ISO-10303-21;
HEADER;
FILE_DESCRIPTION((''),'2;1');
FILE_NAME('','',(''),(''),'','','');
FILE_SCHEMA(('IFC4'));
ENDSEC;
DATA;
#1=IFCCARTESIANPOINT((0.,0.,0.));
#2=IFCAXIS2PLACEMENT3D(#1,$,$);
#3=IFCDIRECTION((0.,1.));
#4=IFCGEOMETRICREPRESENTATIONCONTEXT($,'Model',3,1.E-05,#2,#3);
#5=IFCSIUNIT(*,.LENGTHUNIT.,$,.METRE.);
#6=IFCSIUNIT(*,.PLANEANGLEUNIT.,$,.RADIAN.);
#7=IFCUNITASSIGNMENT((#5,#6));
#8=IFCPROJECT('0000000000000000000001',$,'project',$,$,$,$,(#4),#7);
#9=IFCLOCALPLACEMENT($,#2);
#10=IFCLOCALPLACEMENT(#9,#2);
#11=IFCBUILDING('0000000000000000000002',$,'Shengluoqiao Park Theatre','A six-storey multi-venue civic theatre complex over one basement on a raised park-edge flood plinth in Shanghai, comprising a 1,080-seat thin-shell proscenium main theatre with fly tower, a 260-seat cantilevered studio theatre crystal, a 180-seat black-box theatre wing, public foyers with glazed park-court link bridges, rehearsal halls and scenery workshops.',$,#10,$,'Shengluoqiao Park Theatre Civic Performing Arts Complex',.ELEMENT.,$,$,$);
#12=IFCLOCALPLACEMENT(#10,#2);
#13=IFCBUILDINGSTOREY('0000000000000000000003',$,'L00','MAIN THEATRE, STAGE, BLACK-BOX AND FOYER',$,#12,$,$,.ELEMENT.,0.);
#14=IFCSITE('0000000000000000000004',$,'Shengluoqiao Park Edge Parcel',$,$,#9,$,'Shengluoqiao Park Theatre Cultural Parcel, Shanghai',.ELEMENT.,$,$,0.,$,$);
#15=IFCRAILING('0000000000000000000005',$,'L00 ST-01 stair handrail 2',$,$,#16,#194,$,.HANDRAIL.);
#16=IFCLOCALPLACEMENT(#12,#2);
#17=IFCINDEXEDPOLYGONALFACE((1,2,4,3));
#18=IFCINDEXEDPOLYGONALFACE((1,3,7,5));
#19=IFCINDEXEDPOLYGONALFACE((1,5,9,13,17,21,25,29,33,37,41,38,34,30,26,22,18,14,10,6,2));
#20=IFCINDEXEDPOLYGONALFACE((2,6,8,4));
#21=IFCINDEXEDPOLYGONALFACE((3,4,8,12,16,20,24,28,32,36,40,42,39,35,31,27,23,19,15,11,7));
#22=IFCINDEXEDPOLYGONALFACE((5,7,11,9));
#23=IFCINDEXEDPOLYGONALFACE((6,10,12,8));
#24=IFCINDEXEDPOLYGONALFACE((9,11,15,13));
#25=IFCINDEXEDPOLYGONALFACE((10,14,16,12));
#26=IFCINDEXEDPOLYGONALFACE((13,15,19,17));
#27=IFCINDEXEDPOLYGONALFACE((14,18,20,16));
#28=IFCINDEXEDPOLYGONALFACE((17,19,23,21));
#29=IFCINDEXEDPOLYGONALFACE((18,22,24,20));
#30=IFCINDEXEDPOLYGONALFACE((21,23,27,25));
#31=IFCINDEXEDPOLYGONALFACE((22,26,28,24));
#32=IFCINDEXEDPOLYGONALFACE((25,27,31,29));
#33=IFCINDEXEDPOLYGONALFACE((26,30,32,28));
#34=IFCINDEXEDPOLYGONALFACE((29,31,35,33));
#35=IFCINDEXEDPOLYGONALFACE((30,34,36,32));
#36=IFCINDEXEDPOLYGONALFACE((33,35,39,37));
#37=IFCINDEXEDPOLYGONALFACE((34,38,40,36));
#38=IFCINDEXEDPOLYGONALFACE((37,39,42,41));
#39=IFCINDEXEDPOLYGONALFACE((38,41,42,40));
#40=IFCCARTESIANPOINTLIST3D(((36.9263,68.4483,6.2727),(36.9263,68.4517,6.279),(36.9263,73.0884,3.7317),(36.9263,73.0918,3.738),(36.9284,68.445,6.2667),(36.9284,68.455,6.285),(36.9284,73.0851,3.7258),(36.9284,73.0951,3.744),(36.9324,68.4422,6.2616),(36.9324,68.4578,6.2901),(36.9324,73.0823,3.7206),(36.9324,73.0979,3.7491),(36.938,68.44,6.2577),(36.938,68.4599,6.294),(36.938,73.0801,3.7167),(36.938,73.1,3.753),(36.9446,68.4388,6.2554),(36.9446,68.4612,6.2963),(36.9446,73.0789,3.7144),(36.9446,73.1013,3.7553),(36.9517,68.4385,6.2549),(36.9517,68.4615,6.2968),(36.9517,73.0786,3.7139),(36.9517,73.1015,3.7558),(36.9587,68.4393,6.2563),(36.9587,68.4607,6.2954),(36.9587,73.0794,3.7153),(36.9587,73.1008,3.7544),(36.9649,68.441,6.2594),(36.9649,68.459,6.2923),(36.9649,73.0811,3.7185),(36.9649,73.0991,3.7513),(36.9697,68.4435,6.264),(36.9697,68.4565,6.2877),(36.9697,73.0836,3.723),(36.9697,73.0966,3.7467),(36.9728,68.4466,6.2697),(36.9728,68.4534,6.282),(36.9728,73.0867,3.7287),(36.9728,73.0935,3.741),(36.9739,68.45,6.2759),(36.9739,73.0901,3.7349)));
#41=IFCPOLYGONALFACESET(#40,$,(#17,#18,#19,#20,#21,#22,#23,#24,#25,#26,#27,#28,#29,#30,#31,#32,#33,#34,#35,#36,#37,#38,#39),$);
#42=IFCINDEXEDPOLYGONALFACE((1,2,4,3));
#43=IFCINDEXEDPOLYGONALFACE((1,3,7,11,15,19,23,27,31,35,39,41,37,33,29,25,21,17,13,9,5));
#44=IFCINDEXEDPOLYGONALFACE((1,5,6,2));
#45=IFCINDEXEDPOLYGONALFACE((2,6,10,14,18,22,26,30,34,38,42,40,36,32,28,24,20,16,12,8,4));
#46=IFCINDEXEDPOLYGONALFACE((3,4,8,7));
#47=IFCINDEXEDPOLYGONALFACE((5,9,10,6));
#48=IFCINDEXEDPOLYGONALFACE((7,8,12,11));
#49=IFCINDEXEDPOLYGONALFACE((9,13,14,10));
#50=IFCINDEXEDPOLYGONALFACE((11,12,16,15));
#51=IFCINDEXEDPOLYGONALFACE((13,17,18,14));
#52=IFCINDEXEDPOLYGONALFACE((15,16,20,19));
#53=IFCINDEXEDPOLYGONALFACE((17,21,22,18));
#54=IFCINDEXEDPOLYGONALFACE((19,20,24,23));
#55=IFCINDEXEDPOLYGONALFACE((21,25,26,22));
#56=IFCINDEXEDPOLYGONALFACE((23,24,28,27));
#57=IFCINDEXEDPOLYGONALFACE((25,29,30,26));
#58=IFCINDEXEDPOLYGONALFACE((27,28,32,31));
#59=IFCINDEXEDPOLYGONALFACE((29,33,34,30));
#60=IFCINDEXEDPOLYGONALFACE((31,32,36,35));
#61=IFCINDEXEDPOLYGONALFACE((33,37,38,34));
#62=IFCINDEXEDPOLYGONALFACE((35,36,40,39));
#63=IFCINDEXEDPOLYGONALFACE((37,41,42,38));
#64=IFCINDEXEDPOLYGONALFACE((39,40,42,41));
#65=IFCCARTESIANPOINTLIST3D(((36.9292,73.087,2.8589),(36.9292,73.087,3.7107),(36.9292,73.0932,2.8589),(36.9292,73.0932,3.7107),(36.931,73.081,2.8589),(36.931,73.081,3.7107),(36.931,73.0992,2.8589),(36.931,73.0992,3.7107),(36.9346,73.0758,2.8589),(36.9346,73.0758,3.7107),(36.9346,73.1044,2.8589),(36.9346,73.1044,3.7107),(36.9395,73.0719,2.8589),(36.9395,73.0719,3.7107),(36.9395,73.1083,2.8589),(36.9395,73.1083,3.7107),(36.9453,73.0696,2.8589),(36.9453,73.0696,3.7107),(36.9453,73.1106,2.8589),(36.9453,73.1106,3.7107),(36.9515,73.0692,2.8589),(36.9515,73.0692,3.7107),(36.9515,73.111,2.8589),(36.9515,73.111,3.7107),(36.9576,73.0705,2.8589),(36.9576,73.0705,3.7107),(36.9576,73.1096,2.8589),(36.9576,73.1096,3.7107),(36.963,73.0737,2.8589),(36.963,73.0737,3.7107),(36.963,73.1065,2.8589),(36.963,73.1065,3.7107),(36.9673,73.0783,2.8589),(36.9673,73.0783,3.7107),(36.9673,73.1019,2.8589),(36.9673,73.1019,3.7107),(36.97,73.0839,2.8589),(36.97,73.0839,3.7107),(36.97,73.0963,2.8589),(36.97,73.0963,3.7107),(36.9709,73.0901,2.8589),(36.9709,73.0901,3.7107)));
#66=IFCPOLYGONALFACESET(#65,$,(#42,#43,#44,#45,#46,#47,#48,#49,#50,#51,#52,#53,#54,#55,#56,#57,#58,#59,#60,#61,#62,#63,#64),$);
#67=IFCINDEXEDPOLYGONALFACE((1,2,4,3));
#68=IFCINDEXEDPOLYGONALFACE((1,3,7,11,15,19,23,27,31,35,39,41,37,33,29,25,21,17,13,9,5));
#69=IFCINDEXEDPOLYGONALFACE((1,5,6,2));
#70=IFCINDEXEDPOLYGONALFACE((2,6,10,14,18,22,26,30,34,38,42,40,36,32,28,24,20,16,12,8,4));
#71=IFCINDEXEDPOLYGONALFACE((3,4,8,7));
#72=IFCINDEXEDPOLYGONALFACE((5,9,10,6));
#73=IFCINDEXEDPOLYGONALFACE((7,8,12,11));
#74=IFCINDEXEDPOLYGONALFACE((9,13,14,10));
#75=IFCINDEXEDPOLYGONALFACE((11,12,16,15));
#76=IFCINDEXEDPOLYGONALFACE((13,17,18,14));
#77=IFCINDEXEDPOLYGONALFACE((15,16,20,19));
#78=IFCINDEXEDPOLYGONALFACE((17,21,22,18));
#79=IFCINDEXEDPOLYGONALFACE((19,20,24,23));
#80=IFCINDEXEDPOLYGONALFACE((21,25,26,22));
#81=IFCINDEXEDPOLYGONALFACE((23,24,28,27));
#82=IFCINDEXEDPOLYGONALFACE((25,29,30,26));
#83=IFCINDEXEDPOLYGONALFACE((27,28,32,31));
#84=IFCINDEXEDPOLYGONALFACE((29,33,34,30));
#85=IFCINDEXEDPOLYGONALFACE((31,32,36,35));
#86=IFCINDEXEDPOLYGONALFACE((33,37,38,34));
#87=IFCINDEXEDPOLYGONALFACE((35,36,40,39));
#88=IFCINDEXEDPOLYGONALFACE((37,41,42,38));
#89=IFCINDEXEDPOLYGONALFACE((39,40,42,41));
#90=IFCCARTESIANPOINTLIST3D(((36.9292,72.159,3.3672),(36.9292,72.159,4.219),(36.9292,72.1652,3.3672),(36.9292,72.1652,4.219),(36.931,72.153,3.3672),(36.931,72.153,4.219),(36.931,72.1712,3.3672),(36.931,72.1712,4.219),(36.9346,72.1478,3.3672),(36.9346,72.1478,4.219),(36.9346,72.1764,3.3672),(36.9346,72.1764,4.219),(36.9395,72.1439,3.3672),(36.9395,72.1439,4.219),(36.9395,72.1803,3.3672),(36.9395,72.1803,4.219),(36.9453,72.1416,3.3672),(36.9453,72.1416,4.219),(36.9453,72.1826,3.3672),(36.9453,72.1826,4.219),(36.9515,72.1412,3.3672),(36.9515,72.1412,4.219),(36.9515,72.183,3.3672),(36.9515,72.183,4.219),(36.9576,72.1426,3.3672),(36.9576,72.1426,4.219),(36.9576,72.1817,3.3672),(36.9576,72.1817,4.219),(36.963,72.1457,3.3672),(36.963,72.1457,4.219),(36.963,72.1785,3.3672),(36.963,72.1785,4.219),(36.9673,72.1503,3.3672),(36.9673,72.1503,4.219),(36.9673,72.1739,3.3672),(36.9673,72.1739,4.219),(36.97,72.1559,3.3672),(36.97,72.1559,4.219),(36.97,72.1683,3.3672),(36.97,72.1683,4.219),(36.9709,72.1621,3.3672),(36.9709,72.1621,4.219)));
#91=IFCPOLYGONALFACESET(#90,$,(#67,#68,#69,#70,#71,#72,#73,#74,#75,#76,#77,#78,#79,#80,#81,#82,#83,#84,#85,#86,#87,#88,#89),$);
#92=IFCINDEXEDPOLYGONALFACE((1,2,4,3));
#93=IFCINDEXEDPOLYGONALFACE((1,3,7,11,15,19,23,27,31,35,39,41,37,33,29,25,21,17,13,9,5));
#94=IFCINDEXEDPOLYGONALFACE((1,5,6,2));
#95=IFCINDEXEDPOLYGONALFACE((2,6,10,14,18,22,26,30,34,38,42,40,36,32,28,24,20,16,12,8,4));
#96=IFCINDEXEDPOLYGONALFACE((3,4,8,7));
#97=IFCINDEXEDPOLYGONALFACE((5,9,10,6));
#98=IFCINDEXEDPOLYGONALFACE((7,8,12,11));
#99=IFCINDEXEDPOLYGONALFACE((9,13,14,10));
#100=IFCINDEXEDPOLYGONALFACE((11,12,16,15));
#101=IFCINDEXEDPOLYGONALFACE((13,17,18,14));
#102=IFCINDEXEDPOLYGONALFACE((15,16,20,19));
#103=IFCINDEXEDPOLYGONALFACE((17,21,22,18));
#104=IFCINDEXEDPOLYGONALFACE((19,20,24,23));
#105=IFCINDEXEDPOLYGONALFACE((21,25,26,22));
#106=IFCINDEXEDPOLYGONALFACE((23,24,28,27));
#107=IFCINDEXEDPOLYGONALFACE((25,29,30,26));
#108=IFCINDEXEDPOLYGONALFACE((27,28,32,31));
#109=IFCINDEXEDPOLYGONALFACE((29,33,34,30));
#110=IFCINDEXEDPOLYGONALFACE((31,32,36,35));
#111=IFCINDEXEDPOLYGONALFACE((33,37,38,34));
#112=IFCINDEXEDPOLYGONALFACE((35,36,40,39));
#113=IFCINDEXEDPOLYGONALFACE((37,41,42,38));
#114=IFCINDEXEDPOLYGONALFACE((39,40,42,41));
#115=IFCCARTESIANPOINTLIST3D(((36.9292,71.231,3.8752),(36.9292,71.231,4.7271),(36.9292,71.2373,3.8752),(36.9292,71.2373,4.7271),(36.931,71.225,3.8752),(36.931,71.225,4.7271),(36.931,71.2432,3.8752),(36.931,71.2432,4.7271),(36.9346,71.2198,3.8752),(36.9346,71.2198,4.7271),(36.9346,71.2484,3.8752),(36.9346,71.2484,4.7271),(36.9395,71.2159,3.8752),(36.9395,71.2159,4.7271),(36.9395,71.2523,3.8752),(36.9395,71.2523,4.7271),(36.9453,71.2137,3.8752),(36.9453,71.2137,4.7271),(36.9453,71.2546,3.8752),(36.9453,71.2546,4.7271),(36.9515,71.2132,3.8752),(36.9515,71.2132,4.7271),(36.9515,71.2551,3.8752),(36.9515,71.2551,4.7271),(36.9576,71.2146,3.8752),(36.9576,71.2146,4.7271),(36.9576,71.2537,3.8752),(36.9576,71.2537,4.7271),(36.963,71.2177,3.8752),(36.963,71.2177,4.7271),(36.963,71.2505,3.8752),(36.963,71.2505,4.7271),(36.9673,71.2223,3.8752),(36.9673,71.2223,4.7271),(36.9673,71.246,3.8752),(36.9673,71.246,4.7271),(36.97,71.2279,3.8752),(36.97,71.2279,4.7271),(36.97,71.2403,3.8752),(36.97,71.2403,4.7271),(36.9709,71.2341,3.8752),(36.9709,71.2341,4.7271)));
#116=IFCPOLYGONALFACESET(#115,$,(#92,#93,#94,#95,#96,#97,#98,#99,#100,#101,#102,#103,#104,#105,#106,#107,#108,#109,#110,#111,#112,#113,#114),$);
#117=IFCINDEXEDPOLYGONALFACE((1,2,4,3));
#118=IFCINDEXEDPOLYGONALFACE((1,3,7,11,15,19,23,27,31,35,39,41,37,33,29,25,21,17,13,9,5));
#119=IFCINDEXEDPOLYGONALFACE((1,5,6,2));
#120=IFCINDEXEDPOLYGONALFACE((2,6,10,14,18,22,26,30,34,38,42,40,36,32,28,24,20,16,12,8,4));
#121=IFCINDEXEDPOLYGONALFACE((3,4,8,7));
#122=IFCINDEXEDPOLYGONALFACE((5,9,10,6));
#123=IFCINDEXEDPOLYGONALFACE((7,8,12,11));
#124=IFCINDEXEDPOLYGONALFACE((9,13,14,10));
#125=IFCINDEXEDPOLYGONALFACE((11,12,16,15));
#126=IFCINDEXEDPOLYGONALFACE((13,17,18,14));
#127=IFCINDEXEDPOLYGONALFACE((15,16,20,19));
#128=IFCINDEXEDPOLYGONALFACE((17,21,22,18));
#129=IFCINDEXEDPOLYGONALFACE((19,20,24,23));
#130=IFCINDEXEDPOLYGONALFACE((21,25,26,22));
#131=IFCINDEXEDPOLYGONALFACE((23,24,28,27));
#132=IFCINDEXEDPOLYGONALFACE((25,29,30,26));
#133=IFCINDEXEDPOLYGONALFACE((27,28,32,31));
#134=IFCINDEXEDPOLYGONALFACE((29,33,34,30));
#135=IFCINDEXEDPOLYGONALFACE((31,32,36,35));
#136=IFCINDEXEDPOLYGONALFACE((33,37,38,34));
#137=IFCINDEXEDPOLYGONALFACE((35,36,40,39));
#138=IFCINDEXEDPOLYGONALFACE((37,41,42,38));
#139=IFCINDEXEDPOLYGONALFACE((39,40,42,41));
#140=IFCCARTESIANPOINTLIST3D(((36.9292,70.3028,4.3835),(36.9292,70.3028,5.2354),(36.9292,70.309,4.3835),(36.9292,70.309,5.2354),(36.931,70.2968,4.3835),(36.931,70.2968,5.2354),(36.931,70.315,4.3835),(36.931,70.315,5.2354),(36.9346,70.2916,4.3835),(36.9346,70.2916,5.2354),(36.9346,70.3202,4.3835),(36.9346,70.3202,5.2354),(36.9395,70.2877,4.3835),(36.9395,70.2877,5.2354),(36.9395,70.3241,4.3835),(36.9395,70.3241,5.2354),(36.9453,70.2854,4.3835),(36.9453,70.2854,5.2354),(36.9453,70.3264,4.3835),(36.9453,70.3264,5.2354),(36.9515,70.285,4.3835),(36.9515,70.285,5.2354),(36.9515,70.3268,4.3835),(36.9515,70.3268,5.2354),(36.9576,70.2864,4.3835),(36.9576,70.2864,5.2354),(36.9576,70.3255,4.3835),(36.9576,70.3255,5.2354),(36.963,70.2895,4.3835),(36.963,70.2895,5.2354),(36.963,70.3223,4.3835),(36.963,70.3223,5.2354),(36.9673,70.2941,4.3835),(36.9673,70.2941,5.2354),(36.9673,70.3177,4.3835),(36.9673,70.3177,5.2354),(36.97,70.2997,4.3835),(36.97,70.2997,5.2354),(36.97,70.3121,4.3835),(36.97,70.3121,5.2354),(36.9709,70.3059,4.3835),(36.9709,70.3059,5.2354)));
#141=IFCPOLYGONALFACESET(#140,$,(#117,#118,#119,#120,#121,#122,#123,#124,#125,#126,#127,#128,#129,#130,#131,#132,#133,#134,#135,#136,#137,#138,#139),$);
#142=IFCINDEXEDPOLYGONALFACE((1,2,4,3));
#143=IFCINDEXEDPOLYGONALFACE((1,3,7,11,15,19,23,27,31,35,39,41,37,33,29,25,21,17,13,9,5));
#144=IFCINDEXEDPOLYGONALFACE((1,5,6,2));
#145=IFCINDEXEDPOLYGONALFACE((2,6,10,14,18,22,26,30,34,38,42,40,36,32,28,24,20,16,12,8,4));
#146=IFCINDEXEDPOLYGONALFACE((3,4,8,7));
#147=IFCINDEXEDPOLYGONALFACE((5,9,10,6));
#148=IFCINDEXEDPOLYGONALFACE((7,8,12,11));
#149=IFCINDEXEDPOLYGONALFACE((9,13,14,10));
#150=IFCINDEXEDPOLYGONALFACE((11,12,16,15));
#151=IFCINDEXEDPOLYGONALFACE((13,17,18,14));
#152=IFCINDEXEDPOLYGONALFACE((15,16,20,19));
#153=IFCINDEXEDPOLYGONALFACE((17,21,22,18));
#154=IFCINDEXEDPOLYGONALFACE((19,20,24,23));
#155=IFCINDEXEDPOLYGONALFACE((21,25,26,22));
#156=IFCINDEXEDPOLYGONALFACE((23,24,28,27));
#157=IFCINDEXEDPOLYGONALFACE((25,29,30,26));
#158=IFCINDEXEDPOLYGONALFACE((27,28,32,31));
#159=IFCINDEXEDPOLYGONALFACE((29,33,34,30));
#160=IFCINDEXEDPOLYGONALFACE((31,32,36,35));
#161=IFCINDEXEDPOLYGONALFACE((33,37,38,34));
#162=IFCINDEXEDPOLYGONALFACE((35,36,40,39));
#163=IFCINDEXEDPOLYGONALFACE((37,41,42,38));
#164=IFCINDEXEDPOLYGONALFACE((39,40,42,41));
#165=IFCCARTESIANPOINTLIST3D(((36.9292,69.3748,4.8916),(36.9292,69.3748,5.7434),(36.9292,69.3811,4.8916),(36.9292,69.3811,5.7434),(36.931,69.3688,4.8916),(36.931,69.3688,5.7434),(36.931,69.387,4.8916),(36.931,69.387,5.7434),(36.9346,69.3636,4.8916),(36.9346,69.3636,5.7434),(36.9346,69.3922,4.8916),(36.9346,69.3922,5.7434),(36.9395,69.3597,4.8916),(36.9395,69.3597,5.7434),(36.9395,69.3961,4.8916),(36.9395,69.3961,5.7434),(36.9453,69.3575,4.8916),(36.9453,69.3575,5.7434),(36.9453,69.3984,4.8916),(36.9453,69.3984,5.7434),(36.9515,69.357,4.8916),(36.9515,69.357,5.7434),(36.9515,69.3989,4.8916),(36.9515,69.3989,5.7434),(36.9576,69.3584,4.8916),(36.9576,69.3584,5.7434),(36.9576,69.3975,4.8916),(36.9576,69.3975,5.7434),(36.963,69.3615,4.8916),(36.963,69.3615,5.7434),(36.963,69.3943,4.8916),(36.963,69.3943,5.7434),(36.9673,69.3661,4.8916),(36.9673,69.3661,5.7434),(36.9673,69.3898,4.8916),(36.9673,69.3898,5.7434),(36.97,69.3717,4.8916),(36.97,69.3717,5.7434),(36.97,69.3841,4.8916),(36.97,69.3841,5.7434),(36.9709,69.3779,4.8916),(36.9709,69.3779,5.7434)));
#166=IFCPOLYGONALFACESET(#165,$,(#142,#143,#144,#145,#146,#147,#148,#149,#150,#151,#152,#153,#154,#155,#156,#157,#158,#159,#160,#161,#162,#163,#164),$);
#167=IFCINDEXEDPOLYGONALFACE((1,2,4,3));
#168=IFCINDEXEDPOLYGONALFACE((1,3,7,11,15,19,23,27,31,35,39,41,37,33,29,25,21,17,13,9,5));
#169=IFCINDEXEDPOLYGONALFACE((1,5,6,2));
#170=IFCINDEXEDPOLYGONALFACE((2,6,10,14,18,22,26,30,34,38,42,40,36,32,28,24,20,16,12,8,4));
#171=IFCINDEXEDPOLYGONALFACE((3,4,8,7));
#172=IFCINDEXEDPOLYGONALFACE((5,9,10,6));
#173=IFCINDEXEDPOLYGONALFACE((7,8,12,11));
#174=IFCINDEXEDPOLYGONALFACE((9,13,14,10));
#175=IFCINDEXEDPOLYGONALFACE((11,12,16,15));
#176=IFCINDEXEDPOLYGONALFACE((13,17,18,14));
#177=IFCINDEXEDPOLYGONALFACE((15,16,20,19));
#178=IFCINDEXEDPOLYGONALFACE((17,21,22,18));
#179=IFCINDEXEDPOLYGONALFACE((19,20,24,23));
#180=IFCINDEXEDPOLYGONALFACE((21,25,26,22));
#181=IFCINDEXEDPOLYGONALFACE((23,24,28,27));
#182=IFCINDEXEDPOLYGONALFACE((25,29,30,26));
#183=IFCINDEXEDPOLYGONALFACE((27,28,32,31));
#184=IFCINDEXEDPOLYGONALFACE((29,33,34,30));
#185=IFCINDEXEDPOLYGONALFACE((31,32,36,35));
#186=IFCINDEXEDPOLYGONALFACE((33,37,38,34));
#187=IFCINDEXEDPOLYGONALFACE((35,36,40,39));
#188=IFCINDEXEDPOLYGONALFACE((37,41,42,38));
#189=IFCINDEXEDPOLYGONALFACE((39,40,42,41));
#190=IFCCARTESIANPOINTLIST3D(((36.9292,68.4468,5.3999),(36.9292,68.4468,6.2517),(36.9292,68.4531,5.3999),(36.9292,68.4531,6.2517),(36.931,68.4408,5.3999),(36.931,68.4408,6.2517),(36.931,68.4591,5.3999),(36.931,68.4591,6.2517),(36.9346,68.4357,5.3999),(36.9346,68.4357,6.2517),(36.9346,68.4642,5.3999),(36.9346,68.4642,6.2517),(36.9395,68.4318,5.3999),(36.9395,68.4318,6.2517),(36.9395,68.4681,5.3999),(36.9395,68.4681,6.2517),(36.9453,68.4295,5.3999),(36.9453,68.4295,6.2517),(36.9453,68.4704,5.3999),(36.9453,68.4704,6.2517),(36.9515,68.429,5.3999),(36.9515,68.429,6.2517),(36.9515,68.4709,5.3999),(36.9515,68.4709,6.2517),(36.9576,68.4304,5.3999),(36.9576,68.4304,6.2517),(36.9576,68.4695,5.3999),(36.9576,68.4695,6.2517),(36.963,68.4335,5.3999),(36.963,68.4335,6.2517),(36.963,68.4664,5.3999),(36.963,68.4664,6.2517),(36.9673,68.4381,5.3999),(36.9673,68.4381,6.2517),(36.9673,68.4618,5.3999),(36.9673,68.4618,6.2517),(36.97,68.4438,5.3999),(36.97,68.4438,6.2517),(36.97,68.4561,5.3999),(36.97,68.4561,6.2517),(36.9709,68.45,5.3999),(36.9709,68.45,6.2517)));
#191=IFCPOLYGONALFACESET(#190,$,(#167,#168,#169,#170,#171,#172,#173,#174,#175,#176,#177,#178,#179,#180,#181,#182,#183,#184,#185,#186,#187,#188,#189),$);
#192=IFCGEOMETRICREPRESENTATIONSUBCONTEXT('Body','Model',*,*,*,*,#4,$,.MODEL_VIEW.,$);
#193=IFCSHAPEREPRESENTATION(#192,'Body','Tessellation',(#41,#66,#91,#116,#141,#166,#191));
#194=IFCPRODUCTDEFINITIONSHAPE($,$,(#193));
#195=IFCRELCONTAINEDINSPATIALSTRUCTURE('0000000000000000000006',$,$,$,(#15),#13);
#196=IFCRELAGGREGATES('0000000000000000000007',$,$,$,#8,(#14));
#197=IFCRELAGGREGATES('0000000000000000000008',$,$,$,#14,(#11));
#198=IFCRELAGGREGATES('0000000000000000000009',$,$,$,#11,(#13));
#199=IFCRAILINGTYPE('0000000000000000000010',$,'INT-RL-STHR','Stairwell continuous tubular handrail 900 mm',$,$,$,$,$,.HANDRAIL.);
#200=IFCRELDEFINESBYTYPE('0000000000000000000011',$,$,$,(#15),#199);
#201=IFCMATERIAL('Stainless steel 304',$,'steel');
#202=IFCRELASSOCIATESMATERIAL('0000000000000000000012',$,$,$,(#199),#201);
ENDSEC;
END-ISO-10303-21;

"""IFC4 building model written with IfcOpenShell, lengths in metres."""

from ifc_helpers import new_model, si_unit, direction, frame, origin, origin_2d, place, context, subcontext, project, spatial, circle, extrude, material, type_object, element, save


model = new_model("IFC4")

# Units and contexts
model_context = context("Model", 3, precision=1e-05, world=origin(), true_north=direction((0.0, 1.0)))
body_context = subcontext(model_context, "Body", "Model", "MODEL_VIEW")
ifc_project = project(units=[si_unit("LENGTHUNIT", "METRE"), si_unit("PLANEANGLEUNIT", "RADIAN")], contexts=[model_context])

# Site, building, storey
site_placement = place(None, origin())
site = spatial("IfcSite", under=ifc_project, at=site_placement, Name="Shengluoqiao Park Edge Parcel", LongName="Shengluoqiao Park Theatre Cultural Parcel, Shanghai", CompositionType="ELEMENT", RefElevation=0.0)
building_placement = place(site_placement, origin())
building = spatial("IfcBuilding", under=site, at=building_placement, Name="Shengluoqiao Park Theatre", Description="A six-storey multi-venue civic theatre complex over one basement on a raised park-edge flood plinth in Shanghai, comprising a 1,080-seat thin-shell proscenium main theatre with fly tower, a 260-seat cantilevered studio theatre crystal, a 180-seat black-box theatre wing, public foyers with glazed park-court link bridges, rehearsal halls and scenery workshops.", LongName="Shengluoqiao Park Theatre Civic Performing Arts Complex", CompositionType="ELEMENT")
storey_placement = place(building_placement, origin())
storey = spatial("IfcBuildingStorey", under=building, at=storey_placement, Name="L00", Description="MAIN THEATRE, STAGE, BLACK-BOX AND FOYER", CompositionType="ELEMENT", Elevation=0.0)

# Railing
ifc_material_1 = material(Name="Stainless steel 304", Category="steel")
railing_type_1 = type_object("IfcRailingType", Name="INT-RL-STHR", Description="Stairwell continuous tubular handrail 900 mm", PredefinedType="HANDRAIL", material=ifc_material_1)
railing_1_placement = place(storey_placement, frame((36.95, 73.0901, 2.8589)))
element("IfcRailing", 1, at=railing_1_placement, inside=storey, type_object=railing_type_1, Name="L00 ST-01 stair handrail 2", PredefinedType="HANDRAIL", context=body_context, shape_type="SweptSolid", body=[
    extrude(circle(Radius=0.0239, at=origin_2d()), frame((0.0, 0.0, 0.876), z_axis=(0.0, -0.877097, 0.480313), x_axis=(1.0, 0.0, 0.0)), (0.0, 0.0, 1.0), 5.2903),
    extrude(circle(Radius=0.021, at=origin_2d()), origin(), (0.0, 0.0, 1.0), 0.8518),
    extrude(circle(Radius=0.021, at=origin_2d()), frame((0.0, -0.928, 0.5083)), (0.0, 0.0, 1.0), 0.8518),
    extrude(circle(Radius=0.021, at=origin_2d()), frame((0.0, -1.856, 1.0164)), (0.0, 0.0, 1.0), 0.8518),
    extrude(circle(Radius=0.021, at=origin_2d()), frame((0.0, -2.7842, 1.5247)), (0.0, 0.0, 1.0), 0.8518),
    extrude(circle(Radius=0.021, at=origin_2d()), frame((0.0, -3.7122, 2.0327)), (0.0, 0.0, 1.0), 0.8518),
    extrude(circle(Radius=0.021, at=origin_2d()), frame((0.0, -4.6401, 2.541)), (0.0, 0.0, 1.0), 0.8518),
])

save(model, "model.ifc")
